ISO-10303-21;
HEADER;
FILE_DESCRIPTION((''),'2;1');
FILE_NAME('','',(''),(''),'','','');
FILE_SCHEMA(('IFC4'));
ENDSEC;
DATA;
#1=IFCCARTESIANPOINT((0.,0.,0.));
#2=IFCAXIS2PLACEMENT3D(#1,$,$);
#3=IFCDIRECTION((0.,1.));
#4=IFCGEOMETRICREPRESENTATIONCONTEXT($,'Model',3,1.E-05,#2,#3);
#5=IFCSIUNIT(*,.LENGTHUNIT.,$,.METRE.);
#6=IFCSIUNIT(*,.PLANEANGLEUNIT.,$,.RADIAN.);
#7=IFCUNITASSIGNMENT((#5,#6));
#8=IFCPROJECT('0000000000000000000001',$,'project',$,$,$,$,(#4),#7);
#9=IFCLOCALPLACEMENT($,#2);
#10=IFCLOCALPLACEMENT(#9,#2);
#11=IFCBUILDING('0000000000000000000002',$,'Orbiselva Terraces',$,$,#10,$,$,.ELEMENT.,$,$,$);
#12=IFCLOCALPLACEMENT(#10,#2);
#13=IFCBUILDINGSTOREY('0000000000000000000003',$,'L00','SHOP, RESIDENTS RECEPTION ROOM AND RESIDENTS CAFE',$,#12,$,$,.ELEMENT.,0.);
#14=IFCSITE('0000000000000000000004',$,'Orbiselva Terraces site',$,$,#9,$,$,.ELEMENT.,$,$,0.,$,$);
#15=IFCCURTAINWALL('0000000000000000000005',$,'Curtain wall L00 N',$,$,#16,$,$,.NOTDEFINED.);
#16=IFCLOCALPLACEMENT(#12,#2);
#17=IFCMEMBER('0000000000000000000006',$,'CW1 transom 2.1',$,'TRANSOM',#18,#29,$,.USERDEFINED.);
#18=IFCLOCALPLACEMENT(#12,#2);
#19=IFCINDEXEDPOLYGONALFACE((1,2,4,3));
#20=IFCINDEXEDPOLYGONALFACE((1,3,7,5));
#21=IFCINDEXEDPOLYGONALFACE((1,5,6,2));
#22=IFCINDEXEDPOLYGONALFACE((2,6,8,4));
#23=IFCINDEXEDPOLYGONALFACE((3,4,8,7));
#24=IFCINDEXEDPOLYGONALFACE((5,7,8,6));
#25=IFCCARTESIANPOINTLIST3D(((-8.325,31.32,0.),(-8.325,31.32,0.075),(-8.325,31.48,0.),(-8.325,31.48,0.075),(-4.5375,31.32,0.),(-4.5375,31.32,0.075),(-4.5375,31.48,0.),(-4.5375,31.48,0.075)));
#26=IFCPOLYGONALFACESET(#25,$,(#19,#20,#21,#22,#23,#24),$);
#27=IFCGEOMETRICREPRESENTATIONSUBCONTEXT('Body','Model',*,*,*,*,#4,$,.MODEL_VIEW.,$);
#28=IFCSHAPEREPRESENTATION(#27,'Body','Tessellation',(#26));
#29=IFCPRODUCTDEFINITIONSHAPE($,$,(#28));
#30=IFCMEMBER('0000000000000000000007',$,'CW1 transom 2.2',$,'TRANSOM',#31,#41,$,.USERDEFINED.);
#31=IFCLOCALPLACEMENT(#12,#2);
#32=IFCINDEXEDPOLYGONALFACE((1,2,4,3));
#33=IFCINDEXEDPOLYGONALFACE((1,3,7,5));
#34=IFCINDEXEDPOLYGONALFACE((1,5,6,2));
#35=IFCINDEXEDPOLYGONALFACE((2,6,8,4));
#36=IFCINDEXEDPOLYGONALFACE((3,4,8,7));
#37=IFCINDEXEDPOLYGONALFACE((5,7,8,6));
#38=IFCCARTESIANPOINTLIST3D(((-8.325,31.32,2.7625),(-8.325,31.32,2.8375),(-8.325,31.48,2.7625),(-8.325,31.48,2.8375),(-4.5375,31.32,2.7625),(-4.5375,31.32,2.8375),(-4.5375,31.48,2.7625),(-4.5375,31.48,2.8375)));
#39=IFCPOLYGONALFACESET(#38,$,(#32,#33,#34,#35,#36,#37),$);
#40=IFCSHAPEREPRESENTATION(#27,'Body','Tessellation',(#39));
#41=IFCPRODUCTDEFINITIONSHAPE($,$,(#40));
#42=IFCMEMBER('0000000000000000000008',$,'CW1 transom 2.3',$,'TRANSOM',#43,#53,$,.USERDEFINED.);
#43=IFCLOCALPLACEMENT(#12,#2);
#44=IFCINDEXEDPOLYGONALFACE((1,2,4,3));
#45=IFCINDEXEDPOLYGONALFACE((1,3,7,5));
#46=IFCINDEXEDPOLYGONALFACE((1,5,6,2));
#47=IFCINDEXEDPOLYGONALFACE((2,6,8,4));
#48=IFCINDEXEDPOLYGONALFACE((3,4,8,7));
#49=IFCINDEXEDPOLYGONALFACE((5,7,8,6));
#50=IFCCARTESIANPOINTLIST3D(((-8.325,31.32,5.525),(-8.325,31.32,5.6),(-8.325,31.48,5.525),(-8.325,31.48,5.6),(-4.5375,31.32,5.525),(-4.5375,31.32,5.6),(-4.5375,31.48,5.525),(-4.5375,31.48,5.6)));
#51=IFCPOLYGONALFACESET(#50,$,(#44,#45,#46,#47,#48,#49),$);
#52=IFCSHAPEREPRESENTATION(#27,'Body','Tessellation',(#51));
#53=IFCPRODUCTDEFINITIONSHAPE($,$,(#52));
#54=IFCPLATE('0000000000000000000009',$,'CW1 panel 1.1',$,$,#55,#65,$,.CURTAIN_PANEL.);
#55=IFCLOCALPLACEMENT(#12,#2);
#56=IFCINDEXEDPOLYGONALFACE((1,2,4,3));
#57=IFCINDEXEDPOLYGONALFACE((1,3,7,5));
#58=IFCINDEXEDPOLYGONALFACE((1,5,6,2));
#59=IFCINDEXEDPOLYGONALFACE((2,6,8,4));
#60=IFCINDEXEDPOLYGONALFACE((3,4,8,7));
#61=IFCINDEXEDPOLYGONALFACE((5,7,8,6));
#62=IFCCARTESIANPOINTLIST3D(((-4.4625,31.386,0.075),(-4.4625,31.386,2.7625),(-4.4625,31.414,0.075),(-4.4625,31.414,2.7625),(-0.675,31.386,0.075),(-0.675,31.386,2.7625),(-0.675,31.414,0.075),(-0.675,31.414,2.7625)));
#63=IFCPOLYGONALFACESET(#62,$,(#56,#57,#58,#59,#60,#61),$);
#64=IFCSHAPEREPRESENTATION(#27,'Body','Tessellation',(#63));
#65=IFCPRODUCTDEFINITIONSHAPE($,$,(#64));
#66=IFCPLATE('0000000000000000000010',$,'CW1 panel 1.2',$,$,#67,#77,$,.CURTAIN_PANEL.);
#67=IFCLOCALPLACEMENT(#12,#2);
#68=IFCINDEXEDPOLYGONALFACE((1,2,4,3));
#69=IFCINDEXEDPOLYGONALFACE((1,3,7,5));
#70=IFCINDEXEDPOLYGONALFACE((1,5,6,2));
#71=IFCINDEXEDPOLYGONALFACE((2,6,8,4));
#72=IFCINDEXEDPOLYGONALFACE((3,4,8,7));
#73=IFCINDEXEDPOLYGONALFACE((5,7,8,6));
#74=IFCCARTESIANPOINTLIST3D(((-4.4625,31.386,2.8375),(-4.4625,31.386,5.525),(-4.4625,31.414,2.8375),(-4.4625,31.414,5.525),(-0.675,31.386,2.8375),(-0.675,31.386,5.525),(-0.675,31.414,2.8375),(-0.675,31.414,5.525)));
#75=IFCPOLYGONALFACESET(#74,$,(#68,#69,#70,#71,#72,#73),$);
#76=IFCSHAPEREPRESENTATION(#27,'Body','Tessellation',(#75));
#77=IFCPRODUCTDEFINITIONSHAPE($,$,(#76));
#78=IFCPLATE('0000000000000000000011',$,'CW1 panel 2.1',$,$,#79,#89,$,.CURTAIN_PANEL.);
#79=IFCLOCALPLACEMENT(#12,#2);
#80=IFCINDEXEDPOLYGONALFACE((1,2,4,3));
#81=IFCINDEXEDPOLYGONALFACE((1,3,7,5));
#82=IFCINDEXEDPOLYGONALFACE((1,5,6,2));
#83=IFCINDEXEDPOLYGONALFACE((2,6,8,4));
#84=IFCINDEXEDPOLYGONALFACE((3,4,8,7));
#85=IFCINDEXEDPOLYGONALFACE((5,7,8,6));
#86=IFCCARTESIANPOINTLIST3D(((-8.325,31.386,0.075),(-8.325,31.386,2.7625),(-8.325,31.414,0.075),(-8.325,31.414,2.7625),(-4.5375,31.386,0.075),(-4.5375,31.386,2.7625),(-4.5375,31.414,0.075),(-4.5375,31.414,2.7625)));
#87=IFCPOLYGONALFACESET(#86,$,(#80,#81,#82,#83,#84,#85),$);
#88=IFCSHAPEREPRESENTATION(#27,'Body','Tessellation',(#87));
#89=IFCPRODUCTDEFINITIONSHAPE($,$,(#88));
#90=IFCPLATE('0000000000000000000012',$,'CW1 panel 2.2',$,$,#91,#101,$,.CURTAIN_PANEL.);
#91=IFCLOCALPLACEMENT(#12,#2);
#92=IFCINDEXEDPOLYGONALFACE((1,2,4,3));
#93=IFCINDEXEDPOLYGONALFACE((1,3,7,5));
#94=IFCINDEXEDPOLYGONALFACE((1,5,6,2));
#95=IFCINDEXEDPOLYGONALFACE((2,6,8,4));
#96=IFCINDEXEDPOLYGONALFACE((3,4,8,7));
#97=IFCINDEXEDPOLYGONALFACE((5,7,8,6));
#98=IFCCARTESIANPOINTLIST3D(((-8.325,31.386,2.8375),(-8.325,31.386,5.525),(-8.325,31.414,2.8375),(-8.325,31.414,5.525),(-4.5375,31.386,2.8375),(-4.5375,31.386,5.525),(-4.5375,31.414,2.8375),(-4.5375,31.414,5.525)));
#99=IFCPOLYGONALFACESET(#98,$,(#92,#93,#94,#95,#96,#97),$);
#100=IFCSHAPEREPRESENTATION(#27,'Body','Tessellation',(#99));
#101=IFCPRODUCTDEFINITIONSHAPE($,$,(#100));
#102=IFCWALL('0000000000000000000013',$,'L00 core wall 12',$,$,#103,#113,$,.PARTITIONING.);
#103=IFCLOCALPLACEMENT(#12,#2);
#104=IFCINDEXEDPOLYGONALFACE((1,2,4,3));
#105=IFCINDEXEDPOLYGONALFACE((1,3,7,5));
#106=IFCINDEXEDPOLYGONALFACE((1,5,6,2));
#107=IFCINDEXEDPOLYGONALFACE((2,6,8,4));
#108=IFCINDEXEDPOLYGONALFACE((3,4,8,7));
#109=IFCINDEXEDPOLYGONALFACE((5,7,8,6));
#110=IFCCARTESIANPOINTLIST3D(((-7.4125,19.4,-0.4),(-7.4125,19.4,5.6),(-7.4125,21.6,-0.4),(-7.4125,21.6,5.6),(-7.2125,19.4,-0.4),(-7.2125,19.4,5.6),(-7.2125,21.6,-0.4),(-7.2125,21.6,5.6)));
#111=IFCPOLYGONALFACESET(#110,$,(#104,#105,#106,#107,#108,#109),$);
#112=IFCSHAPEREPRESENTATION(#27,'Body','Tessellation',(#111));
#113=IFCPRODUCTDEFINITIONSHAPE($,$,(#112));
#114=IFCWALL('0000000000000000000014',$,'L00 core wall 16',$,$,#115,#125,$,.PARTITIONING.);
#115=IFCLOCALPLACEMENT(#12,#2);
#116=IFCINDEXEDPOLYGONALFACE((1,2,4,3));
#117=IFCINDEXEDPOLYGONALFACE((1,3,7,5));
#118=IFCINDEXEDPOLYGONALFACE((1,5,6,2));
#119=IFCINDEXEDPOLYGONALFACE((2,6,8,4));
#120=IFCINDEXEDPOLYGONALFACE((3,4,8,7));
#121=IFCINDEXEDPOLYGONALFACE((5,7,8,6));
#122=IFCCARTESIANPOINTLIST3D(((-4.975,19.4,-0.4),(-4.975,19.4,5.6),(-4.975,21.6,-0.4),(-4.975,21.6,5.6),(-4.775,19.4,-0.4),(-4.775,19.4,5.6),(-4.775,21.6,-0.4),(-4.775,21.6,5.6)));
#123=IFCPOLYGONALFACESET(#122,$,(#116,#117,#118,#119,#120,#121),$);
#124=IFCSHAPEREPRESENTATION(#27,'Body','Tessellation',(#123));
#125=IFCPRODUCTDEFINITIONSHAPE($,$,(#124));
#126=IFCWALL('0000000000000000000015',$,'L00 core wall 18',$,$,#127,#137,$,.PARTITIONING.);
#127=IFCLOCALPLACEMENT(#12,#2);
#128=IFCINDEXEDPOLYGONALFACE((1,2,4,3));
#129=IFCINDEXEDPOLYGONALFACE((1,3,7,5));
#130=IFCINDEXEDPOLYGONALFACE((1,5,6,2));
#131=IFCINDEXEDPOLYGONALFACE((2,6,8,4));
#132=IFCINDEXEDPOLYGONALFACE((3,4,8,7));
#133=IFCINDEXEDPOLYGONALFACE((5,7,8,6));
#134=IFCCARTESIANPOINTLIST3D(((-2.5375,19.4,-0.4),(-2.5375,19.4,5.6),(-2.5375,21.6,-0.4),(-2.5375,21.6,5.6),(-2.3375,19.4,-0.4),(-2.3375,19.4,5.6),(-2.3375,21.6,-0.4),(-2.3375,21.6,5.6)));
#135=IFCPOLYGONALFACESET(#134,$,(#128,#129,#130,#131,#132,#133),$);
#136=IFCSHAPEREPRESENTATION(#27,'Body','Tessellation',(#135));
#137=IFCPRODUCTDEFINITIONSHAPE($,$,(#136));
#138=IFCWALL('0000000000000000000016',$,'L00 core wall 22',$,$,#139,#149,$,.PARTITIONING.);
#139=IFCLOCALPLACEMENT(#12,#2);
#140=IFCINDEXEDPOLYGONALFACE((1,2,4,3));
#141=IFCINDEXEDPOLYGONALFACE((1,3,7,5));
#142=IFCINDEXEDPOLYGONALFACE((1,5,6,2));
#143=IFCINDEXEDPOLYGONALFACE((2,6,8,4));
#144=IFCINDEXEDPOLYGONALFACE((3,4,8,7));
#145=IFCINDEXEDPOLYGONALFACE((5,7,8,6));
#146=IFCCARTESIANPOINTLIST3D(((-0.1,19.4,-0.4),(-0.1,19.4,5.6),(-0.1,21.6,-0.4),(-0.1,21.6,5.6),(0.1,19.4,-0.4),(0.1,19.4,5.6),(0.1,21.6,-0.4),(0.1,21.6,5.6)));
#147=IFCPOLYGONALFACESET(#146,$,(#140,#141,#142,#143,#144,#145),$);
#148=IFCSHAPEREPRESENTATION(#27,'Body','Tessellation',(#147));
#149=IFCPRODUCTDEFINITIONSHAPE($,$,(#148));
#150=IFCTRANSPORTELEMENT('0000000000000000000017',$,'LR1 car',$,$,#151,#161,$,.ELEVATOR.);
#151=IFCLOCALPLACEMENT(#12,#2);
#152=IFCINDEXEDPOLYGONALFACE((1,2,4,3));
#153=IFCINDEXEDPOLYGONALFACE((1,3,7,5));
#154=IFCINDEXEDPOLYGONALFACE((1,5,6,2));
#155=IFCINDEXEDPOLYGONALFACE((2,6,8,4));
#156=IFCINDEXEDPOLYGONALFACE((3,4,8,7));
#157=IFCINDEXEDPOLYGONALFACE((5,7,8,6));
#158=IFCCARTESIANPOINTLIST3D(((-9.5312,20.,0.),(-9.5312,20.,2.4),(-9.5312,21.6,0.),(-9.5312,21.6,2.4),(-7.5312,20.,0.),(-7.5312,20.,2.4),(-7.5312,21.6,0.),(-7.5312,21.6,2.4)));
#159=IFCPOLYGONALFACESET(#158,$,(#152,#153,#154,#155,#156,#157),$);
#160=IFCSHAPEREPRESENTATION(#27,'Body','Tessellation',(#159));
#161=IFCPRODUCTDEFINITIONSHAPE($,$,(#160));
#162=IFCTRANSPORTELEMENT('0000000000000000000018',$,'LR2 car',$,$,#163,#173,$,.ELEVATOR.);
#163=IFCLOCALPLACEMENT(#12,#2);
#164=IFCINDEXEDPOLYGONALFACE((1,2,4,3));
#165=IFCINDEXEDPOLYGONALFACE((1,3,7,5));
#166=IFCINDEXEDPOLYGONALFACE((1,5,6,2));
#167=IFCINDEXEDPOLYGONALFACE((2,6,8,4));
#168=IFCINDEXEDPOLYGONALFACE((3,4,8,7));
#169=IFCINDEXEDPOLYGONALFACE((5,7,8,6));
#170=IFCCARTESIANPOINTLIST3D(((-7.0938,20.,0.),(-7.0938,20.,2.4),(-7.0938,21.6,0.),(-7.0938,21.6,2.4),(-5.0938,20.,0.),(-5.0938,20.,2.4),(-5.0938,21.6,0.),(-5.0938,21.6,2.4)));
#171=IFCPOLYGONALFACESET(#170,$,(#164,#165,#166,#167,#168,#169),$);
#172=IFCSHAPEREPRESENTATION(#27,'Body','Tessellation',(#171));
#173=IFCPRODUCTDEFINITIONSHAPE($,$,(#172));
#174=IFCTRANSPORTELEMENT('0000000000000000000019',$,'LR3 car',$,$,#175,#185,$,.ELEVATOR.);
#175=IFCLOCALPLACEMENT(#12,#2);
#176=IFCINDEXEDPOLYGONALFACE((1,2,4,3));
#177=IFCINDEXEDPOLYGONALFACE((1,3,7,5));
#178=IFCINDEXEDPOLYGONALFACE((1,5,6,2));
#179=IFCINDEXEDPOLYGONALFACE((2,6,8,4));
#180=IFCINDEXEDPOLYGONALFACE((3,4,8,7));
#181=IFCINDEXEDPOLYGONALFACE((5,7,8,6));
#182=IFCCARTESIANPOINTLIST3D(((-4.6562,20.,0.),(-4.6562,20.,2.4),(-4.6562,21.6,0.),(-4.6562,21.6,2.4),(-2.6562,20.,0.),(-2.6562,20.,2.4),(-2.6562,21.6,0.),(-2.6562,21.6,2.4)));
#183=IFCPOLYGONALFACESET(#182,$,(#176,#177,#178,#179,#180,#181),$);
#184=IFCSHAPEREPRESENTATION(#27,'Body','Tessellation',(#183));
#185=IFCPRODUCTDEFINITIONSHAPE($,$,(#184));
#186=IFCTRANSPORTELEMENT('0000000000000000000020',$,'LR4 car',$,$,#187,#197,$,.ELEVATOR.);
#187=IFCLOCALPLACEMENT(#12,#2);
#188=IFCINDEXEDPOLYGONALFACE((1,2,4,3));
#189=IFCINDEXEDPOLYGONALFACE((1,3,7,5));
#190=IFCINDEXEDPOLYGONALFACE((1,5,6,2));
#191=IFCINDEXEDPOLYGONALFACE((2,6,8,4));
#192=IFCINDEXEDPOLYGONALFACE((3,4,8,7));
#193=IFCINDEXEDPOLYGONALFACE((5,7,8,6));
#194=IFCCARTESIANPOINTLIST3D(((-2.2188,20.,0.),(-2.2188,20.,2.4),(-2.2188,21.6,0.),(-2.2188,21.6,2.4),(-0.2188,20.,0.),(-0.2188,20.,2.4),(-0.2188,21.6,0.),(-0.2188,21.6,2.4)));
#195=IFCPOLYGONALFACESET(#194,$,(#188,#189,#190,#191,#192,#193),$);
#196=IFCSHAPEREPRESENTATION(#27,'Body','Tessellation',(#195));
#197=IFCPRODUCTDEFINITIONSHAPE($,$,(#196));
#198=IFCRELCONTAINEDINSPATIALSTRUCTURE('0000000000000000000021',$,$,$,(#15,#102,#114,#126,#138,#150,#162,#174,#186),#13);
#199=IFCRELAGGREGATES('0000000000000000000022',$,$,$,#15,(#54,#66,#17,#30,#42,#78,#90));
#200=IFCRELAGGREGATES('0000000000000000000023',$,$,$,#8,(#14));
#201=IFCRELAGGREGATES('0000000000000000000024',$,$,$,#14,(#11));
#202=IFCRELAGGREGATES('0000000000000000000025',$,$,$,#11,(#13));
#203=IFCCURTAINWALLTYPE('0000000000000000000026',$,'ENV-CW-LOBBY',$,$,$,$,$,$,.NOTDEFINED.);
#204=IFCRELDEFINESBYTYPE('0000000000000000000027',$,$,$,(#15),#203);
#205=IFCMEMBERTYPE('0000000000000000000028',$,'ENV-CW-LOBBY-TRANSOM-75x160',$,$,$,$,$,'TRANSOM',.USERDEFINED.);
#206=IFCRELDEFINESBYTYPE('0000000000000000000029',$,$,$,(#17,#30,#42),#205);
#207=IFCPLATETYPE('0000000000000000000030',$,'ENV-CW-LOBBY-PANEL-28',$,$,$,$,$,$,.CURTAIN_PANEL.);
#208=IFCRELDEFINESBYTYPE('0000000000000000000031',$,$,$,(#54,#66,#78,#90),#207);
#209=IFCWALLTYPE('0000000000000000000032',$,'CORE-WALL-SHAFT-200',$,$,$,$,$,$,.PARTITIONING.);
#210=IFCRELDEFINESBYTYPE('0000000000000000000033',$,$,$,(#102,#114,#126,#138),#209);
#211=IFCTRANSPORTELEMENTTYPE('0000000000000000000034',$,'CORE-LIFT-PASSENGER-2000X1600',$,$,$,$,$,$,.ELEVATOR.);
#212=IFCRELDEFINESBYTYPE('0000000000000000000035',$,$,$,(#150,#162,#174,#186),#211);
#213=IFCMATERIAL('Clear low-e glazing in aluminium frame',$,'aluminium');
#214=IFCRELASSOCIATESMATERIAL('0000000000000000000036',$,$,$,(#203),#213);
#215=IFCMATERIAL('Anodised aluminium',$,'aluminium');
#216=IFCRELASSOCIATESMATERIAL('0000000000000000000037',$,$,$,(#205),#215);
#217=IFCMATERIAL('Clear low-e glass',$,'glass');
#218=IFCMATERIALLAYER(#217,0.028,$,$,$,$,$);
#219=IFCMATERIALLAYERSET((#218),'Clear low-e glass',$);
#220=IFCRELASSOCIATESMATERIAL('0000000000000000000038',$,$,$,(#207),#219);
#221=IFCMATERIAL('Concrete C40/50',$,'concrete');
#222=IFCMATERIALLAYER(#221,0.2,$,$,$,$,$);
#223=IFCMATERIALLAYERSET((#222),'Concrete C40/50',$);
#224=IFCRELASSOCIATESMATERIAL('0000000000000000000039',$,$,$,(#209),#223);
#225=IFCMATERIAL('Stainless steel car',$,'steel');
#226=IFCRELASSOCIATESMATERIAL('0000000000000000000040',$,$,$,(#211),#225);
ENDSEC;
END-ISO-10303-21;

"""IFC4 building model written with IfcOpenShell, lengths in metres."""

from ifc_helpers import new_model, si_unit, direction, frame, frame_2d, origin, origin_2d, place, context, subcontext, project, spatial, rectangle, extrude, material, layer, layer_set, material_profile, profile_set, type_object, element, aggregate, save


model = new_model("IFC4")

# Units and contexts
model_context = context("Model", 3, precision=1e-05, world=origin(), true_north=direction((0.0, 1.0)))
body_context = subcontext(model_context, "Body", "Model", "MODEL_VIEW")
ifc_project = project(units=[si_unit("LENGTHUNIT", "METRE"), si_unit("PLANEANGLEUNIT", "RADIAN")], contexts=[model_context])

# Site, building, storey
site_placement = place(None, origin())
site = spatial("IfcSite", under=ifc_project, at=site_placement, Name="Orbiselva Terraces site", CompositionType="ELEMENT", RefElevation=0.0)
building_placement = place(site_placement, origin())
building = spatial("IfcBuilding", under=site, at=building_placement, Name="Orbiselva Terraces", CompositionType="ELEMENT")
storey_placement = place(building_placement, origin())
storey = spatial("IfcBuildingStorey", under=building, at=storey_placement, Name="L00", Description="SHOP, RESIDENTS RECEPTION ROOM AND RESIDENTS CAFE", CompositionType="ELEMENT", Elevation=0.0)

# Shared definitions
ifc_material_1 = material(Name="Concrete C40/50", Category="concrete")

# Curtain wall, members, plates
ifc_material_2 = material(Name="Clear low-e glazing in aluminium frame", Category="aluminium")
curtain_wall_type = type_object("IfcCurtainWallType", Name="ENV-CW-LOBBY", PredefinedType="NOTDEFINED", material=ifc_material_2)
curtain_wall_placement = place(storey_placement, origin())
curtain_wall = element("IfcCurtainWall", 1, at=curtain_wall_placement, inside=storey, type_object=curtain_wall_type, Name="Curtain wall L00 N", PredefinedType="NOTDEFINED")
ifc_material_3 = material(Name="Anodised aluminium", Category="aluminium")
ifc_material_profile_1 = material_profile(ifc_material_3, rectangle(XDim=0.16, YDim=0.075, at=origin_2d()), Name="AL 75x160")
ifc_profile_set_1 = profile_set([ifc_material_profile_1], Name="Anodised aluminium")
member_type_1 = type_object("IfcMemberType", Name="ENV-CW-LOBBY-TRANSOM-75x160", ElementType="TRANSOM", PredefinedType="USERDEFINED", material=ifc_profile_set_1)
member_1_placement = place(storey_placement, frame((-4.5375, 31.4, 0.0375), z_axis=(-1.0, 0.0, 0.0), x_axis=(0.0, -1.0, 0.0)))
member_1 = element("IfcMember", 2, at=member_1_placement, type_object=member_type_1, Name="CW1 transom 2.1", ObjectType="TRANSOM", PredefinedType="USERDEFINED", context=body_context, shape_type="SweptSolid", body=[
    extrude(rectangle(XDim=0.16, YDim=0.075, at=origin_2d()), origin(), (0.0, 0.0, 1.0), 3.7875),
])
member_2_placement = place(storey_placement, frame((-4.5375, 31.4, 2.8), z_axis=(-1.0, 0.0, 0.0), x_axis=(0.0, -1.0, 0.0)))
member_2 = element("IfcMember", 3, at=member_2_placement, type_object=member_type_1, Name="CW1 transom 2.2", ObjectType="TRANSOM", PredefinedType="USERDEFINED", context=body_context, shape_type="SweptSolid", body=[
    extrude(rectangle(XDim=0.16, YDim=0.075, at=origin_2d()), origin(), (0.0, 0.0, 1.0), 3.7875),
])
member_3_placement = place(storey_placement, frame((-4.5375, 31.4, 5.5625), z_axis=(-1.0, 0.0, 0.0), x_axis=(0.0, -1.0, 0.0)))
member_3 = element("IfcMember", 4, at=member_3_placement, type_object=member_type_1, Name="CW1 transom 2.3", ObjectType="TRANSOM", PredefinedType="USERDEFINED", context=body_context, shape_type="SweptSolid", body=[
    extrude(rectangle(XDim=0.16, YDim=0.075, at=origin_2d()), origin(), (0.0, 0.0, 1.0), 3.7875),
])
ifc_material_4 = material(Name="Clear low-e glass", Category="glass")
ifc_layer_1 = layer(ifc_material_4, 0.028)
ifc_layer_set_1 = layer_set([ifc_layer_1], Name="Clear low-e glass")
plate_type = type_object("IfcPlateType", Name="ENV-CW-LOBBY-PANEL-28", PredefinedType="CURTAIN_PANEL", material=ifc_layer_set_1)
plate_1_placement = place(storey_placement, frame((-2.5688, 31.4, 0.075), z_axis=(0.0, 0.0, 1.0), x_axis=(-1.0, 0.0, 0.0)))
plate_1 = element("IfcPlate", 5, at=plate_1_placement, type_object=plate_type, Name="CW1 panel 1.1", PredefinedType="CURTAIN_PANEL", context=body_context, shape_type="SweptSolid", body=[
    extrude(rectangle(XDim=3.7875, YDim=0.028, at=origin_2d()), origin(), (0.0, 0.0, 1.0), 2.6875),
])
plate_2_placement = place(storey_placement, frame((-2.5688, 31.4, 2.8375), z_axis=(0.0, 0.0, 1.0), x_axis=(-1.0, 0.0, 0.0)))
plate_2 = element("IfcPlate", 6, at=plate_2_placement, type_object=plate_type, Name="CW1 panel 1.2", PredefinedType="CURTAIN_PANEL", context=body_context, shape_type="SweptSolid", body=[
    extrude(rectangle(XDim=3.7875, YDim=0.028, at=origin_2d()), origin(), (0.0, 0.0, 1.0), 2.6875),
])
plate_3_placement = place(storey_placement, frame((-6.4313, 31.4, 0.075), z_axis=(0.0, 0.0, 1.0), x_axis=(-1.0, 0.0, 0.0)))
plate_3 = element("IfcPlate", 7, at=plate_3_placement, type_object=plate_type, Name="CW1 panel 2.1", PredefinedType="CURTAIN_PANEL", context=body_context, shape_type="SweptSolid", body=[
    extrude(rectangle(XDim=3.7875, YDim=0.028, at=origin_2d()), origin(), (0.0, 0.0, 1.0), 2.6875),
])
plate_4_placement = place(storey_placement, frame((-6.4313, 31.4, 2.8375), z_axis=(0.0, 0.0, 1.0), x_axis=(-1.0, 0.0, 0.0)))
plate_4 = element("IfcPlate", 8, at=plate_4_placement, type_object=plate_type, Name="CW1 panel 2.2", PredefinedType="CURTAIN_PANEL", context=body_context, shape_type="SweptSolid", body=[
    extrude(rectangle(XDim=3.7875, YDim=0.028, at=origin_2d()), origin(), (0.0, 0.0, 1.0), 2.6875),
])
aggregate(curtain_wall, [plate_1, plate_2, member_1, member_2, member_3, plate_3, plate_4])

# Walls
ifc_layer_2 = layer(ifc_material_1, 0.2)
ifc_layer_set_2 = layer_set([ifc_layer_2], Name="Concrete C40/50")
wall_type = type_object("IfcWallType", Name="CORE-WALL-SHAFT-200", PredefinedType="PARTITIONING", material=ifc_layer_set_2)
for number, where, z_axis, x_axis, name in (
    (9, (-7.3125, 19.4, -0.4), (0.0, 0.0, 1.0), (0.0, 1.0, 0.0), "L00 core wall 12"),
    (10, (-4.875, 19.4, -0.4), (0.0, 0.0, 1.0), (0.0, 1.0, 0.0), "L00 core wall 16"),
    (11, (-2.4375, 19.4, -0.4), (0.0, 0.0, 1.0), (0.0, 1.0, 0.0), "L00 core wall 18"),
    (12, (0.0, 19.4, -0.4), (0.0, 0.0, 1.0), (0.0, 1.0, 0.0), "L00 core wall 22"),
):
    element("IfcWall", number, at=place(storey_placement, frame(where, z_axis=z_axis, x_axis=x_axis)), inside=storey, type_object=wall_type, Name=name, PredefinedType="PARTITIONING", context=body_context, shape_type="SweptSolid", body=[
        extrude(rectangle(XDim=2.2, YDim=0.2, at=frame_2d((1.1, 0.0))), origin(), (0.0, 0.0, 1.0), 6.0),
    ])

# Transport elements
ifc_material_5 = material(Name="Stainless steel car", Category="steel")
transport_element_type = type_object("IfcTransportElementType", Name="CORE-LIFT-PASSENGER-2000X1600", PredefinedType="ELEVATOR", material=ifc_material_5)
for number, where, z_axis, x_axis, name in (
    (13, (-8.5312, 20.8, 0.0), (0.0, 0.0, 1.0), (1.0, 0.0, 0.0), "LR1 car"),
    (14, (-6.0938, 20.8, 0.0), (0.0, 0.0, 1.0), (1.0, 0.0, 0.0), "LR2 car"),
    (15, (-3.6562, 20.8, 0.0), (0.0, 0.0, 1.0), (1.0, 0.0, 0.0), "LR3 car"),
    (16, (-1.2188, 20.8, 0.0), (0.0, 0.0, 1.0), (1.0, 0.0, 0.0), "LR4 car"),
):
    element("IfcTransportElement", number, at=place(storey_placement, frame(where, z_axis=z_axis, x_axis=x_axis)), inside=storey, type_object=transport_element_type, Name=name, PredefinedType="ELEVATOR", context=body_context, shape_type="SweptSolid", body=[
        extrude(rectangle(XDim=2.0, YDim=1.6, at=origin_2d()), origin(), (0.0, 0.0, 1.0), 2.4),
    ])

save(model, "model.ifc")
